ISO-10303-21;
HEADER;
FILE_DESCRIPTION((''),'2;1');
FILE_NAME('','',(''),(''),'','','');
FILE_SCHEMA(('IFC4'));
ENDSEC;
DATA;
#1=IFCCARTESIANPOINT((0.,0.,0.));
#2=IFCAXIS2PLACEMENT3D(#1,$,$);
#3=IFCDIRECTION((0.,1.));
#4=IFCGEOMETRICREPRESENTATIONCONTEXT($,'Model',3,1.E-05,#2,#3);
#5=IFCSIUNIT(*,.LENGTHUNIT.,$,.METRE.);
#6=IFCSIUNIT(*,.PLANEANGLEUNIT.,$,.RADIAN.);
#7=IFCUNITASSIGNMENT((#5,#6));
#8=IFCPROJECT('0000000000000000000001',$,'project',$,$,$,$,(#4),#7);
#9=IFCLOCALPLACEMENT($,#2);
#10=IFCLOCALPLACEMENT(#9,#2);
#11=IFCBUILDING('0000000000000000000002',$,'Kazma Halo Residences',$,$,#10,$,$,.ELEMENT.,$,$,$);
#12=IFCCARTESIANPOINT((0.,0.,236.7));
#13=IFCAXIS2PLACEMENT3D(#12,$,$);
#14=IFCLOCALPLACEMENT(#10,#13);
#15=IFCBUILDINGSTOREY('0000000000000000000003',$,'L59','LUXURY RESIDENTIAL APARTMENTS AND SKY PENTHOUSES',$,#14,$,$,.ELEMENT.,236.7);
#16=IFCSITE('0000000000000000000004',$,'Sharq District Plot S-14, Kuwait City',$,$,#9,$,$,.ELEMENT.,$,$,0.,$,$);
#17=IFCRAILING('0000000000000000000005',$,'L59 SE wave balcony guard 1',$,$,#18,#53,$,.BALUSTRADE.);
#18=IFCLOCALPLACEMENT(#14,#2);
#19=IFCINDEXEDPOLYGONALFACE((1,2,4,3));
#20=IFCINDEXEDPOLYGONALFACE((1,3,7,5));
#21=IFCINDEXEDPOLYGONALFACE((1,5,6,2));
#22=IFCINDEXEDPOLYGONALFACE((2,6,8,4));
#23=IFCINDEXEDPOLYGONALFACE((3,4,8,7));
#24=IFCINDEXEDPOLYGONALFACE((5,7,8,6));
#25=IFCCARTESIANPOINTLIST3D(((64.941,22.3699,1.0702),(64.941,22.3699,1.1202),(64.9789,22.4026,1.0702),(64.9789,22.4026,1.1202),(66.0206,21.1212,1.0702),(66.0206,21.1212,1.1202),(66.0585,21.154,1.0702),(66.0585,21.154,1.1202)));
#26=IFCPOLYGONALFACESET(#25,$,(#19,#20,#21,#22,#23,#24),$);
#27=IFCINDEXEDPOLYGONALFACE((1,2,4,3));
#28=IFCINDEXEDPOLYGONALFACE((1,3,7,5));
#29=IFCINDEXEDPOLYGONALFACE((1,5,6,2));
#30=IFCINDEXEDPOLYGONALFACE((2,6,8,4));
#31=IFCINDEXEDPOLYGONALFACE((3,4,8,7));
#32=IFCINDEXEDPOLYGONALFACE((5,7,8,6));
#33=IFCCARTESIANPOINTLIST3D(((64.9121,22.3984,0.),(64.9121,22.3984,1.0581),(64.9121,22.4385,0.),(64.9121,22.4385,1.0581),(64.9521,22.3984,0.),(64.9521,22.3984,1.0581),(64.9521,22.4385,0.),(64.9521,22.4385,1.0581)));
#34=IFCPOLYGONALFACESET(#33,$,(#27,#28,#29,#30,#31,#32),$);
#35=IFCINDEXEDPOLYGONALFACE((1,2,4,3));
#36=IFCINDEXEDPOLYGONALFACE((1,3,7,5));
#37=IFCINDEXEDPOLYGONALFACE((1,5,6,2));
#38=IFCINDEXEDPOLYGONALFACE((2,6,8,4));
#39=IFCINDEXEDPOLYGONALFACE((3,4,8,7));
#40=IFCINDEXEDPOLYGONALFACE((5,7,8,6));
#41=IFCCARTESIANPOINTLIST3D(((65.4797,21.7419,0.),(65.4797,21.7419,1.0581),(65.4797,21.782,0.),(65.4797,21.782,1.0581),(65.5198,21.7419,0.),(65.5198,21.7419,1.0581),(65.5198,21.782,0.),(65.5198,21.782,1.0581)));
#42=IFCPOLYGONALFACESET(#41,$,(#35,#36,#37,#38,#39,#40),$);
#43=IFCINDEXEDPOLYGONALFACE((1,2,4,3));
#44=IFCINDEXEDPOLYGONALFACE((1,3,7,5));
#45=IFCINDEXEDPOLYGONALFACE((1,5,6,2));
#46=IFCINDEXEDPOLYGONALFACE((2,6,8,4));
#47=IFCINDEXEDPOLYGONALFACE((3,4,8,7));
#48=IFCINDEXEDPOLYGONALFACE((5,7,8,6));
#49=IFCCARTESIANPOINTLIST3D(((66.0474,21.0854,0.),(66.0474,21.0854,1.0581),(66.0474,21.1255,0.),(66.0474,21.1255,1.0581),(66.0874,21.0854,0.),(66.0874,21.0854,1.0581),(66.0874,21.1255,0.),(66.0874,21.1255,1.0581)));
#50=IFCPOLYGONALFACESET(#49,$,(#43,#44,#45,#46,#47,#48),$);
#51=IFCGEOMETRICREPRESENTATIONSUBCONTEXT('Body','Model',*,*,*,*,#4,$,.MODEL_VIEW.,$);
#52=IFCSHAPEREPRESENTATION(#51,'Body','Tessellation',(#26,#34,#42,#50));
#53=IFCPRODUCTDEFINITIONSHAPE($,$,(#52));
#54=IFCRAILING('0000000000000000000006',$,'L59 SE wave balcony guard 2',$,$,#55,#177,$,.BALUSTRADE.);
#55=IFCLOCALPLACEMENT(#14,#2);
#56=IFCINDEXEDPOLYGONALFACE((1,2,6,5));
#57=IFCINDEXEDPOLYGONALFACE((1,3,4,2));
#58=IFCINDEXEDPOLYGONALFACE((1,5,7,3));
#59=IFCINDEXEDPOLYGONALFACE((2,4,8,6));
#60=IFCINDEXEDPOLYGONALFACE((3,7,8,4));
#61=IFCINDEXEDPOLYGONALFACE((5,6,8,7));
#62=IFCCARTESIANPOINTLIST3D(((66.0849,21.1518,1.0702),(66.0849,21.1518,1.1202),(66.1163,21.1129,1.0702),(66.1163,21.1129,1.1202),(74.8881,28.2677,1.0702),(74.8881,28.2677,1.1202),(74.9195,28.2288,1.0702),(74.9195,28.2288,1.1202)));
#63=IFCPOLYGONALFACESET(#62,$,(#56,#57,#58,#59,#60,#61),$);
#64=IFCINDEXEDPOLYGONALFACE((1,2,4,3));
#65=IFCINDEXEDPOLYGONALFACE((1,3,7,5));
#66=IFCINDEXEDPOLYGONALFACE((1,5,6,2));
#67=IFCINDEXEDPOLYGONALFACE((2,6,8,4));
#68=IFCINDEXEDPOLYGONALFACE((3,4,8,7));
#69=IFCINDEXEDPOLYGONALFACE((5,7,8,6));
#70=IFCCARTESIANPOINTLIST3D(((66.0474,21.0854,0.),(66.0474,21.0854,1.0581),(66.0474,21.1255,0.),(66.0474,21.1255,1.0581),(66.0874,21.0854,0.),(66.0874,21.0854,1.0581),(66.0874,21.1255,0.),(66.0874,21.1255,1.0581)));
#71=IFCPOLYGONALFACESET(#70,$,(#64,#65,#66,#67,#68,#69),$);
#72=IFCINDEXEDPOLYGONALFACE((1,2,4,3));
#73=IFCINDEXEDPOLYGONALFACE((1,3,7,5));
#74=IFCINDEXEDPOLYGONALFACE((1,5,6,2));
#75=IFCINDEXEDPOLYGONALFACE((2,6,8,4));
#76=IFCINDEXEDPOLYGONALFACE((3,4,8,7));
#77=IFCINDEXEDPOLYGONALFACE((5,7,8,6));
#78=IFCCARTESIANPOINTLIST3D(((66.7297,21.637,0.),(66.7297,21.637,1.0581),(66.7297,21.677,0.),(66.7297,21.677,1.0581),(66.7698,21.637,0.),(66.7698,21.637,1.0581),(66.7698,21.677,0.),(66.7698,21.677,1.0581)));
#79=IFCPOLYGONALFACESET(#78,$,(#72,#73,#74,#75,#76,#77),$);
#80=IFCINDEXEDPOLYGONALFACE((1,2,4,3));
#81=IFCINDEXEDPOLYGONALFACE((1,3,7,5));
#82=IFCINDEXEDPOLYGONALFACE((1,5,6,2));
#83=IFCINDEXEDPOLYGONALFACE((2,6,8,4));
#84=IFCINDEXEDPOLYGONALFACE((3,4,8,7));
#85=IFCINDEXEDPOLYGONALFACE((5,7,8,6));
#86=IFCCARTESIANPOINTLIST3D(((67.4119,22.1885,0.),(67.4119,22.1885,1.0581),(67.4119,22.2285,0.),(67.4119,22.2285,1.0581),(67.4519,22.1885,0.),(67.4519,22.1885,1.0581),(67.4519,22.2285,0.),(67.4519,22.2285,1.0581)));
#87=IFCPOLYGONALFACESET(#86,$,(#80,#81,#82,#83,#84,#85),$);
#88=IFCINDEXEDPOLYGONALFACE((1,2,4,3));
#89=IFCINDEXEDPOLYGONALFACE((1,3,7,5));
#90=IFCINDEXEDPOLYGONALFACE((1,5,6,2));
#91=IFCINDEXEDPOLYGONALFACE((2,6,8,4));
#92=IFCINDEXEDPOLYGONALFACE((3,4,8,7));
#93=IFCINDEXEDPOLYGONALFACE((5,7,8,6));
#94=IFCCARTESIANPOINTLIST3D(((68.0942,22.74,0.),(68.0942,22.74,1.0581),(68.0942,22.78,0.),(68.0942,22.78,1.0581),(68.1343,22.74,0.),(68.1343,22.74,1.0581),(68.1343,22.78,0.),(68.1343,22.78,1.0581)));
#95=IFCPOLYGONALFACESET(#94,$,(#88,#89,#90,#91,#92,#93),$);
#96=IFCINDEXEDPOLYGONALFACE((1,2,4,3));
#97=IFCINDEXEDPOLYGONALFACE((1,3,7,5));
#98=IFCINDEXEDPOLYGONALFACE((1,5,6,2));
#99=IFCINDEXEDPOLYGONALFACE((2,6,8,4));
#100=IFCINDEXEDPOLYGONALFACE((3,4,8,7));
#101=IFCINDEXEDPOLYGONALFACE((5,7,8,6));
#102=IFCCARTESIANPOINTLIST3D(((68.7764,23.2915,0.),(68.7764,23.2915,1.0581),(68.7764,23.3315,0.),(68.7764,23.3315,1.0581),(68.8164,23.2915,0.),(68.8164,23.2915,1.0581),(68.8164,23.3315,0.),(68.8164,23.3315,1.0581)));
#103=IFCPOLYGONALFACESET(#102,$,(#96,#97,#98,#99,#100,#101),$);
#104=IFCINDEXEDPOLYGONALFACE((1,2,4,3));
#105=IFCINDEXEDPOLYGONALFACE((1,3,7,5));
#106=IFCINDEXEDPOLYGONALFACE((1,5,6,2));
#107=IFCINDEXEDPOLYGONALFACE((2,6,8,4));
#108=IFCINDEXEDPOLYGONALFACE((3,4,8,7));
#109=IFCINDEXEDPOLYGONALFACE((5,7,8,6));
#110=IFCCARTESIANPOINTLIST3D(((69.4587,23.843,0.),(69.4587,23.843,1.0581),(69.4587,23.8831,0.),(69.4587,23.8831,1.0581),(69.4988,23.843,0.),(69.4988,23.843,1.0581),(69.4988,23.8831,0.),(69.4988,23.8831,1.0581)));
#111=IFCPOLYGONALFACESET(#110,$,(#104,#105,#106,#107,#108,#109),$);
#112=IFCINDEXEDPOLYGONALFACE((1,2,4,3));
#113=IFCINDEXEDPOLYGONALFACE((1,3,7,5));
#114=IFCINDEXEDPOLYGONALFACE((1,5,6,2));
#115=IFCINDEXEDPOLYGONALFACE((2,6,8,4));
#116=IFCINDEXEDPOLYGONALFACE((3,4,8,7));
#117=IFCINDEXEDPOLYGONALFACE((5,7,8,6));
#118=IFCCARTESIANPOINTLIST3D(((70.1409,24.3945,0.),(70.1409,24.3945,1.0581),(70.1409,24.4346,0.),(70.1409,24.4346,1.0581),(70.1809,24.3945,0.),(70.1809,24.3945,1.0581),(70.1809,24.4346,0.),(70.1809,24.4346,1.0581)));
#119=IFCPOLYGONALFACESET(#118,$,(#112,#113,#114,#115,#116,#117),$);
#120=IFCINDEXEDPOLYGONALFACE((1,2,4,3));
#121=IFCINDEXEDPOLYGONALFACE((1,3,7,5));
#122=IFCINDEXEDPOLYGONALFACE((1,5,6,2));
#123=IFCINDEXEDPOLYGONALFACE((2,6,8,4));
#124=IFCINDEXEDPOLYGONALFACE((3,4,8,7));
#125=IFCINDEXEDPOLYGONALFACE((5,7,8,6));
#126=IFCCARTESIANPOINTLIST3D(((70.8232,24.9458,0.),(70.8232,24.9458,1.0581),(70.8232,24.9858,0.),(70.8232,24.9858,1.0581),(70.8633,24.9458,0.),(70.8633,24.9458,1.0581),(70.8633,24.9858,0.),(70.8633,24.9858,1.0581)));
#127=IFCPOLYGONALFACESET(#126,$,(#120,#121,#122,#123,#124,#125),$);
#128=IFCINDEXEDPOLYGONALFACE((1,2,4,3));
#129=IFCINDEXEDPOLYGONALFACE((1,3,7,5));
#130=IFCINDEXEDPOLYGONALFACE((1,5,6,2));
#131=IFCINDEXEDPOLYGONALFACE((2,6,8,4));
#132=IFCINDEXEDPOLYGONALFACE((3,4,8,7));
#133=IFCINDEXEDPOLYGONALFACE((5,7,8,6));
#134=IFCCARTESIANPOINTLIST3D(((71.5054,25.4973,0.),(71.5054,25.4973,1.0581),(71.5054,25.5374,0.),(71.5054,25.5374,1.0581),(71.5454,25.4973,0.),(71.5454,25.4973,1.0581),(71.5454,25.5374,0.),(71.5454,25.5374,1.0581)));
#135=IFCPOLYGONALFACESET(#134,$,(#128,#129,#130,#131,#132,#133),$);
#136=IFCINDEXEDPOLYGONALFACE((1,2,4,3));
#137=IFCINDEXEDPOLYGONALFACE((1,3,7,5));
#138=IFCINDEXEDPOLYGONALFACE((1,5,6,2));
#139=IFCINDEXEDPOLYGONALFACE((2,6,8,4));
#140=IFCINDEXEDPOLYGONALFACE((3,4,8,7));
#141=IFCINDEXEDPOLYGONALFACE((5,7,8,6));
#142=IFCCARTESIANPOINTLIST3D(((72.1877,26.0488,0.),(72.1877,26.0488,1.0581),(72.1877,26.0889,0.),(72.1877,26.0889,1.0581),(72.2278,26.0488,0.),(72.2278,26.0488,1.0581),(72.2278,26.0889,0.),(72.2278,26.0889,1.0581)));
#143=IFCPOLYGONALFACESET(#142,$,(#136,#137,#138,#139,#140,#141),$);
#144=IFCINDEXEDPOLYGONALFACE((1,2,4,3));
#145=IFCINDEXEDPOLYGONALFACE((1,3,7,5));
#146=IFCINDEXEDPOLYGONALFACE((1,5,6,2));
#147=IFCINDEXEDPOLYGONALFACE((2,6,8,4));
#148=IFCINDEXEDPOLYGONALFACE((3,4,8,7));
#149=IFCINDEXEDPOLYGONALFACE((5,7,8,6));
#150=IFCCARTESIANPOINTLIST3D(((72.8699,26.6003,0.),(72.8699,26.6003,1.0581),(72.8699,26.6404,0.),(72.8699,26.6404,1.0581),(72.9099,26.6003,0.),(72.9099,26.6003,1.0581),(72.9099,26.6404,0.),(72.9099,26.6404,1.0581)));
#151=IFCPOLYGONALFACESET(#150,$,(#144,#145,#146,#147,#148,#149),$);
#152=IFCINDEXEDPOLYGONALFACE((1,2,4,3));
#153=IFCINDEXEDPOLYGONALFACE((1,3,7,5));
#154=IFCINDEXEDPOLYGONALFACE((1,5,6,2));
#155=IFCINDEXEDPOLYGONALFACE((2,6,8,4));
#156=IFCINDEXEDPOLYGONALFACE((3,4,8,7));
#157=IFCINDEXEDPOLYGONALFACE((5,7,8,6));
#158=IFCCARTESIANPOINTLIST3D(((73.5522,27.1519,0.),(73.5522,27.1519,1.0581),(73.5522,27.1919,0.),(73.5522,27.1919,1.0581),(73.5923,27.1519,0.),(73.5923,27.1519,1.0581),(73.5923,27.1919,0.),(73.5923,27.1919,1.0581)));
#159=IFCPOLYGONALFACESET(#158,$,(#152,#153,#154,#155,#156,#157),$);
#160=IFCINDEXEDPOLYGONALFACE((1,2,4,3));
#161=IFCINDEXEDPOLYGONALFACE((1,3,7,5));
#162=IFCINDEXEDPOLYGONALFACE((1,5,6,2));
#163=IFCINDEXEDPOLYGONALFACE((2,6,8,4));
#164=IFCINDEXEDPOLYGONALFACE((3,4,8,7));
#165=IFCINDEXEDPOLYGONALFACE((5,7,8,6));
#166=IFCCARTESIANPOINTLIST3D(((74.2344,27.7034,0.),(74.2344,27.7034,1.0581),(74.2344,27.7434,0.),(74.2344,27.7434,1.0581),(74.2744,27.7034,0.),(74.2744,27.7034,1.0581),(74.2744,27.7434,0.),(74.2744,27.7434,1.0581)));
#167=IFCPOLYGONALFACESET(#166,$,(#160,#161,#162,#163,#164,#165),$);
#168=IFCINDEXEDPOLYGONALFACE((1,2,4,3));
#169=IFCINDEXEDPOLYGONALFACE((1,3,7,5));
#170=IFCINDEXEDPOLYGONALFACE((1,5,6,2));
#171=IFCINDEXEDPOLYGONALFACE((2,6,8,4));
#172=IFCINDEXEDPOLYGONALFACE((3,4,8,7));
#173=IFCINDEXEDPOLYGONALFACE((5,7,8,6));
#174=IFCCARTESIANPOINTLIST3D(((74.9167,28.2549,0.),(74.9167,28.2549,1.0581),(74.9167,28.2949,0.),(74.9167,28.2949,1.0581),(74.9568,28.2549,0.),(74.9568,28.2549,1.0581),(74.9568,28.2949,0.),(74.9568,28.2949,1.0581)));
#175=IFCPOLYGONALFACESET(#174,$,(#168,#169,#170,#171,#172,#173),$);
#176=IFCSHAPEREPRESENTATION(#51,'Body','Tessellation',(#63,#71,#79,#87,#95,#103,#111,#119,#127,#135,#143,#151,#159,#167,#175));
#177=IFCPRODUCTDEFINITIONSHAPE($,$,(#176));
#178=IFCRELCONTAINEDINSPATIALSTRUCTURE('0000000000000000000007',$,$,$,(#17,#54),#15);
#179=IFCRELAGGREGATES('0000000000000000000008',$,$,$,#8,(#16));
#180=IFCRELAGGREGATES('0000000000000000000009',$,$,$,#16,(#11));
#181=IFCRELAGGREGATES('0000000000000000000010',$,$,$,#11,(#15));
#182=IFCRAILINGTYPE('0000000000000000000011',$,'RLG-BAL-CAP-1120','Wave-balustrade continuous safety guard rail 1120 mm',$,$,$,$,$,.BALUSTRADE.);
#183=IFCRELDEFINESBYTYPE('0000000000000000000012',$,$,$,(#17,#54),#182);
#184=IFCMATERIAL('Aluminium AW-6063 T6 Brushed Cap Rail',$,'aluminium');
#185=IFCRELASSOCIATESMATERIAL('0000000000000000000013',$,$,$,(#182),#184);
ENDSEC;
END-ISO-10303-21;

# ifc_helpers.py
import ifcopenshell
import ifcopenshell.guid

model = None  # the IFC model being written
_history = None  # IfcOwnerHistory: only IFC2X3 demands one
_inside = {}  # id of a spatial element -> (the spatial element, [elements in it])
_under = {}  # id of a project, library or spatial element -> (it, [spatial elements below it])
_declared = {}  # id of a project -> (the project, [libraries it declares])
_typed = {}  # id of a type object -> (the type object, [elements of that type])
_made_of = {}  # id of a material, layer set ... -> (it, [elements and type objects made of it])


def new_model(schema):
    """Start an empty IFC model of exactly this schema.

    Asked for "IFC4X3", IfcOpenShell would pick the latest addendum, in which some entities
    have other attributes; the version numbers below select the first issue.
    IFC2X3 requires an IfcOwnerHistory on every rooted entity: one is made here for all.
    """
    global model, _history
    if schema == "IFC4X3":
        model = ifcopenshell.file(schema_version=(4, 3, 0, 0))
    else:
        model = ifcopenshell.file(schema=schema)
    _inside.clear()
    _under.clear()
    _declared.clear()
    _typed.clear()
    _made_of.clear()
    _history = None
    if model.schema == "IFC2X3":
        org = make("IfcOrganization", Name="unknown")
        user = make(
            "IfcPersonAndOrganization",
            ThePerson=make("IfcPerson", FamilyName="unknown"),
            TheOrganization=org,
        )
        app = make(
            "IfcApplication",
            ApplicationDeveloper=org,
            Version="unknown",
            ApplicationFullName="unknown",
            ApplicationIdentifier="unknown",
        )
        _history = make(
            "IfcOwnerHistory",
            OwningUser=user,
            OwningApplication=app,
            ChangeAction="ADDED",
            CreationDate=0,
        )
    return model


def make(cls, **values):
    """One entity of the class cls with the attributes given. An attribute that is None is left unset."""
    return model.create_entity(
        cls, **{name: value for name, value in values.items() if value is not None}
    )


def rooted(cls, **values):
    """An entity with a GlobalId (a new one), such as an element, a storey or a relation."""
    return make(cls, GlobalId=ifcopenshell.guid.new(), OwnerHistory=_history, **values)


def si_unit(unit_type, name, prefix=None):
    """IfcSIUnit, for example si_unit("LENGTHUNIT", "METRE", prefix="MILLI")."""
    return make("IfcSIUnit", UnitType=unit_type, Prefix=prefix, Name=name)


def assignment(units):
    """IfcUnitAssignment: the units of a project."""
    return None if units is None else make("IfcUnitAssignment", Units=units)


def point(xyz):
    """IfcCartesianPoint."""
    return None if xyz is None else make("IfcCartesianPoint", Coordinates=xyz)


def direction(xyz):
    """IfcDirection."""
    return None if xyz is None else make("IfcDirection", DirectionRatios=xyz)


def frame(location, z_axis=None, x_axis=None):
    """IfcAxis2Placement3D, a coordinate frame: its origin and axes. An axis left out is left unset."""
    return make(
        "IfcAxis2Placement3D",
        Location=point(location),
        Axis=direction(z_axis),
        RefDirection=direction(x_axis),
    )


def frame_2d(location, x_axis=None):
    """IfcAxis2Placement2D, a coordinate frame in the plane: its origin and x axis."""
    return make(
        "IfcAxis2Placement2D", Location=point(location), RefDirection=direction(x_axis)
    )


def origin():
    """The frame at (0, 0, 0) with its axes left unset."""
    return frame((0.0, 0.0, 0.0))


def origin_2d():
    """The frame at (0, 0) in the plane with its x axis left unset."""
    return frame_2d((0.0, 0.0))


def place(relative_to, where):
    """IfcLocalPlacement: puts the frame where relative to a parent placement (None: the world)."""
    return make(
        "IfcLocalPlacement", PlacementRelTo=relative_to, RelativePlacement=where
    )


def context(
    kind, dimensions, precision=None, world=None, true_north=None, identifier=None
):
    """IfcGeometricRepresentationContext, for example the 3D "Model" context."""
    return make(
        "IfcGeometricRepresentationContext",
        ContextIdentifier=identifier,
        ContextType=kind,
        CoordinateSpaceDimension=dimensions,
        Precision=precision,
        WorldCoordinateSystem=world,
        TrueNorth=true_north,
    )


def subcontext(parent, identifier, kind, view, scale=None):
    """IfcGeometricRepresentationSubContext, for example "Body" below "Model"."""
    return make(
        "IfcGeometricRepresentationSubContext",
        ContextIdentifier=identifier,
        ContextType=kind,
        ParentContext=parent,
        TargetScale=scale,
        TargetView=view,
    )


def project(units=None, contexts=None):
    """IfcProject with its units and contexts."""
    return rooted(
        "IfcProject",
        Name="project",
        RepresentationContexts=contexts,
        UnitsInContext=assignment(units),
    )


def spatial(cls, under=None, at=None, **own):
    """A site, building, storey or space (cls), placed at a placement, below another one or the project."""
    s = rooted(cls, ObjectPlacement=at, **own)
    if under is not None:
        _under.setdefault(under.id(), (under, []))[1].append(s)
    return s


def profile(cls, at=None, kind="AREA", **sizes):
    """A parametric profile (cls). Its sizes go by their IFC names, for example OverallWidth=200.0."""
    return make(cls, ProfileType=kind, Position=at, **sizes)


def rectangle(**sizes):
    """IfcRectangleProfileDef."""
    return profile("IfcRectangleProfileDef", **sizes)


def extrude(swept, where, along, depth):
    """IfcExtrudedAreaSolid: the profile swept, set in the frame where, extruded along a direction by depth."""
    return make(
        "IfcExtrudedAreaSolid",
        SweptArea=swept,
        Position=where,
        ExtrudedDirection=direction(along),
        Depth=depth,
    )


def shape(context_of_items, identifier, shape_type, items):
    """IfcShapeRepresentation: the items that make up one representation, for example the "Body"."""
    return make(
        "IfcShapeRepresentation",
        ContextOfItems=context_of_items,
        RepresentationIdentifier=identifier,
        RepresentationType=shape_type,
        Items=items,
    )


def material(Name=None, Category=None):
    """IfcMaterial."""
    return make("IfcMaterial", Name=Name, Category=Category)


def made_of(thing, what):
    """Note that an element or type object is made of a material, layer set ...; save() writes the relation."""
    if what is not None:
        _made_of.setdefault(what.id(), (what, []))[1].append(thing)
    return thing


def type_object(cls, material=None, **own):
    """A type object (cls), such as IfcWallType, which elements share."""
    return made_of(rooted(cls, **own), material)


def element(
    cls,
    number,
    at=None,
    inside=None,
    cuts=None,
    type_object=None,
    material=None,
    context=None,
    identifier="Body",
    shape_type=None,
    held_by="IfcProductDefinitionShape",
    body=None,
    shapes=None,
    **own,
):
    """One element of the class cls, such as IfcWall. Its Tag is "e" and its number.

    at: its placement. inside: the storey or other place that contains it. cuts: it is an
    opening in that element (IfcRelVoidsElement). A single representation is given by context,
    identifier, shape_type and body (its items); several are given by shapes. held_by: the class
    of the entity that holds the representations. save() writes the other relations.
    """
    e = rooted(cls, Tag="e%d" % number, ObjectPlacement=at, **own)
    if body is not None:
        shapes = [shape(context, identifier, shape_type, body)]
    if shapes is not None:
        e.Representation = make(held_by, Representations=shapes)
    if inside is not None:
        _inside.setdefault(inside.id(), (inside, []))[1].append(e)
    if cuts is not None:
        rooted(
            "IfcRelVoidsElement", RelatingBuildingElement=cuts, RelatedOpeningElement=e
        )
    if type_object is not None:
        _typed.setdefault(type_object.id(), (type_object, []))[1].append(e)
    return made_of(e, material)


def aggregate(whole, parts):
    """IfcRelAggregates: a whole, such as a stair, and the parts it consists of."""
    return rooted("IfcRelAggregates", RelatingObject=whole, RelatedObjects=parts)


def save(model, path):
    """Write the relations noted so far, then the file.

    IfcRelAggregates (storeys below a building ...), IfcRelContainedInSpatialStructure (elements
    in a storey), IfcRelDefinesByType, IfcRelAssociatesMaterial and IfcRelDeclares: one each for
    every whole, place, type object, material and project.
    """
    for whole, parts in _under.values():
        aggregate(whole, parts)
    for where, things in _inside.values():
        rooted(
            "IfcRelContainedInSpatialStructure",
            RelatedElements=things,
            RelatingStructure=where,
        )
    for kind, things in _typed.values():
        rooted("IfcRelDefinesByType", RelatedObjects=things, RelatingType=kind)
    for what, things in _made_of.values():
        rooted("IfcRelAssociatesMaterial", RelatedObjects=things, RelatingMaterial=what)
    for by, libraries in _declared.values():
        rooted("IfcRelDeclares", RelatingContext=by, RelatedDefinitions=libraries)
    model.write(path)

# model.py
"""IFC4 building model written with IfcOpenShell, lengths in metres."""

from ifc_helpers import new_model, si_unit, direction, frame, origin, origin_2d, place, context, subcontext, project, spatial, rectangle, extrude, material, type_object, element, save


model = new_model("IFC4")

# Units and contexts
model_context = context("Model", 3, precision=1e-05, world=origin(), true_north=direction((0.0, 1.0)))
body_context = subcontext(model_context, "Body", "Model", "MODEL_VIEW")
ifc_project = project(units=[si_unit("LENGTHUNIT", "METRE"), si_unit("PLANEANGLEUNIT", "RADIAN")], contexts=[model_context])

# Site, building, storey
site_placement = place(None, origin())
site = spatial("IfcSite", under=ifc_project, at=site_placement, Name="Sharq District Plot S-14, Kuwait City", CompositionType="ELEMENT", RefElevation=0.0)
building_placement = place(site_placement, origin())
building = spatial("IfcBuilding", under=site, at=building_placement, Name="Kazma Halo Residences", CompositionType="ELEMENT")
storey_placement = place(building_placement, frame((0.0, 0.0, 236.7)))
storey = spatial("IfcBuildingStorey", under=building, at=storey_placement, Name="L59", Description="LUXURY RESIDENTIAL APARTMENTS AND SKY PENTHOUSES", CompositionType="ELEMENT", Elevation=236.7)

# Railings
ifc_material_1 = material(Name="Aluminium AW-6063 T6 Brushed Cap Rail", Category="aluminium")
railing_type = type_object("IfcRailingType", Name="RLG-BAL-CAP-1120", Description="Wave-balustrade continuous safety guard rail 1120 mm", PredefinedType="BALUSTRADE", material=ifc_material_1)
railing_1_placement = place(storey_placement, frame((64.9321, 22.4185, 0.0)))
element("IfcRailing", 1, at=railing_1_placement, inside=storey, type_object=railing_type, Name="L59 SE wave balcony guard 1", PredefinedType="BALUSTRADE", context=body_context, shape_type="SweptSolid", body=[
    extrude(rectangle(XDim=0.05, YDim=0.05, at=origin_2d()), frame((0.0278, -0.0322, 1.0952), z_axis=(0.654052, -0.75645, 0.0), x_axis=(0.75645, 0.654052, 0.0)), (0.0, 0.0, 1.0), 1.6506),
    extrude(rectangle(XDim=0.04, YDim=0.04, at=origin_2d()), origin(), (0.0, 0.0, 1.0), 1.0581),
    extrude(rectangle(XDim=0.04, YDim=0.04, at=origin_2d()), frame((0.5676, -0.6565, 0.0)), (0.0, 0.0, 1.0), 1.0581),
    extrude(rectangle(XDim=0.04, YDim=0.04, at=origin_2d()), frame((1.1353, -1.313, 0.0)), (0.0, 0.0, 1.0), 1.0581),
])
railing_2_placement = place(storey_placement, frame((66.0674, 21.1055, 0.0)))
element("IfcRailing", 2, at=railing_2_placement, inside=storey, type_object=railing_type, Name="L59 SE wave balcony guard 2", PredefinedType="BALUSTRADE", context=body_context, shape_type="SweptSolid", body=[
    extrude(rectangle(XDim=0.05, YDim=0.05, at=origin_2d()), frame((0.0332, 0.0269, 1.0952), z_axis=(0.777697, 0.62864, 0.0), x_axis=(-0.62864, 0.777697, 0.0)), (0.0, 0.0, 1.0), 11.3196),
    extrude(rectangle(XDim=0.04, YDim=0.04, at=origin_2d()), origin(), (0.0, 0.0, 1.0), 1.0581),
    extrude(rectangle(XDim=0.04, YDim=0.04, at=origin_2d()), frame((0.6824, 0.5515, 0.0)), (0.0, 0.0, 1.0), 1.0581),
    extrude(rectangle(XDim=0.04, YDim=0.04, at=origin_2d()), frame((1.3645, 1.103, 0.0)), (0.0, 0.0, 1.0), 1.0581),
    extrude(rectangle(XDim=0.04, YDim=0.04, at=origin_2d()), frame((2.0469, 1.6545, 0.0)), (0.0, 0.0, 1.0), 1.0581),
    extrude(rectangle(XDim=0.04, YDim=0.04, at=origin_2d()), frame((2.729, 2.2061, 0.0)), (0.0, 0.0, 1.0), 1.0581),
    extrude(rectangle(XDim=0.04, YDim=0.04, at=origin_2d()), frame((3.4114, 2.7576, 0.0)), (0.0, 0.0, 1.0), 1.0581),
    extrude(rectangle(XDim=0.04, YDim=0.04, at=origin_2d()), frame((4.0935, 3.3091, 0.0)), (0.0, 0.0, 1.0), 1.0581),
    extrude(rectangle(XDim=0.04, YDim=0.04, at=origin_2d()), frame((4.7759, 3.8604, 0.0)), (0.0, 0.0, 1.0), 1.0581),
    extrude(rectangle(XDim=0.04, YDim=0.04, at=origin_2d()), frame((5.458, 4.4119, 0.0)), (0.0, 0.0, 1.0), 1.0581),
    extrude(rectangle(XDim=0.04, YDim=0.04, at=origin_2d()), frame((6.1404, 4.9634, 0.0)), (0.0, 0.0, 1.0), 1.0581),
    extrude(rectangle(XDim=0.04, YDim=0.04, at=origin_2d()), frame((6.8225, 5.5149, 0.0)), (0.0, 0.0, 1.0), 1.0581),
    extrude(rectangle(XDim=0.04, YDim=0.04, at=origin_2d()), frame((7.5049, 6.0664, 0.0)), (0.0, 0.0, 1.0), 1.0581),
    extrude(rectangle(XDim=0.04, YDim=0.04, at=origin_2d()), frame((8.187, 6.6179, 0.0)), (0.0, 0.0, 1.0), 1.0581),
    extrude(rectangle(XDim=0.04, YDim=0.04, at=origin_2d()), frame((8.8694, 7.1694, 0.0)), (0.0, 0.0, 1.0), 1.0581),
])

save(model, "model.ifc")
